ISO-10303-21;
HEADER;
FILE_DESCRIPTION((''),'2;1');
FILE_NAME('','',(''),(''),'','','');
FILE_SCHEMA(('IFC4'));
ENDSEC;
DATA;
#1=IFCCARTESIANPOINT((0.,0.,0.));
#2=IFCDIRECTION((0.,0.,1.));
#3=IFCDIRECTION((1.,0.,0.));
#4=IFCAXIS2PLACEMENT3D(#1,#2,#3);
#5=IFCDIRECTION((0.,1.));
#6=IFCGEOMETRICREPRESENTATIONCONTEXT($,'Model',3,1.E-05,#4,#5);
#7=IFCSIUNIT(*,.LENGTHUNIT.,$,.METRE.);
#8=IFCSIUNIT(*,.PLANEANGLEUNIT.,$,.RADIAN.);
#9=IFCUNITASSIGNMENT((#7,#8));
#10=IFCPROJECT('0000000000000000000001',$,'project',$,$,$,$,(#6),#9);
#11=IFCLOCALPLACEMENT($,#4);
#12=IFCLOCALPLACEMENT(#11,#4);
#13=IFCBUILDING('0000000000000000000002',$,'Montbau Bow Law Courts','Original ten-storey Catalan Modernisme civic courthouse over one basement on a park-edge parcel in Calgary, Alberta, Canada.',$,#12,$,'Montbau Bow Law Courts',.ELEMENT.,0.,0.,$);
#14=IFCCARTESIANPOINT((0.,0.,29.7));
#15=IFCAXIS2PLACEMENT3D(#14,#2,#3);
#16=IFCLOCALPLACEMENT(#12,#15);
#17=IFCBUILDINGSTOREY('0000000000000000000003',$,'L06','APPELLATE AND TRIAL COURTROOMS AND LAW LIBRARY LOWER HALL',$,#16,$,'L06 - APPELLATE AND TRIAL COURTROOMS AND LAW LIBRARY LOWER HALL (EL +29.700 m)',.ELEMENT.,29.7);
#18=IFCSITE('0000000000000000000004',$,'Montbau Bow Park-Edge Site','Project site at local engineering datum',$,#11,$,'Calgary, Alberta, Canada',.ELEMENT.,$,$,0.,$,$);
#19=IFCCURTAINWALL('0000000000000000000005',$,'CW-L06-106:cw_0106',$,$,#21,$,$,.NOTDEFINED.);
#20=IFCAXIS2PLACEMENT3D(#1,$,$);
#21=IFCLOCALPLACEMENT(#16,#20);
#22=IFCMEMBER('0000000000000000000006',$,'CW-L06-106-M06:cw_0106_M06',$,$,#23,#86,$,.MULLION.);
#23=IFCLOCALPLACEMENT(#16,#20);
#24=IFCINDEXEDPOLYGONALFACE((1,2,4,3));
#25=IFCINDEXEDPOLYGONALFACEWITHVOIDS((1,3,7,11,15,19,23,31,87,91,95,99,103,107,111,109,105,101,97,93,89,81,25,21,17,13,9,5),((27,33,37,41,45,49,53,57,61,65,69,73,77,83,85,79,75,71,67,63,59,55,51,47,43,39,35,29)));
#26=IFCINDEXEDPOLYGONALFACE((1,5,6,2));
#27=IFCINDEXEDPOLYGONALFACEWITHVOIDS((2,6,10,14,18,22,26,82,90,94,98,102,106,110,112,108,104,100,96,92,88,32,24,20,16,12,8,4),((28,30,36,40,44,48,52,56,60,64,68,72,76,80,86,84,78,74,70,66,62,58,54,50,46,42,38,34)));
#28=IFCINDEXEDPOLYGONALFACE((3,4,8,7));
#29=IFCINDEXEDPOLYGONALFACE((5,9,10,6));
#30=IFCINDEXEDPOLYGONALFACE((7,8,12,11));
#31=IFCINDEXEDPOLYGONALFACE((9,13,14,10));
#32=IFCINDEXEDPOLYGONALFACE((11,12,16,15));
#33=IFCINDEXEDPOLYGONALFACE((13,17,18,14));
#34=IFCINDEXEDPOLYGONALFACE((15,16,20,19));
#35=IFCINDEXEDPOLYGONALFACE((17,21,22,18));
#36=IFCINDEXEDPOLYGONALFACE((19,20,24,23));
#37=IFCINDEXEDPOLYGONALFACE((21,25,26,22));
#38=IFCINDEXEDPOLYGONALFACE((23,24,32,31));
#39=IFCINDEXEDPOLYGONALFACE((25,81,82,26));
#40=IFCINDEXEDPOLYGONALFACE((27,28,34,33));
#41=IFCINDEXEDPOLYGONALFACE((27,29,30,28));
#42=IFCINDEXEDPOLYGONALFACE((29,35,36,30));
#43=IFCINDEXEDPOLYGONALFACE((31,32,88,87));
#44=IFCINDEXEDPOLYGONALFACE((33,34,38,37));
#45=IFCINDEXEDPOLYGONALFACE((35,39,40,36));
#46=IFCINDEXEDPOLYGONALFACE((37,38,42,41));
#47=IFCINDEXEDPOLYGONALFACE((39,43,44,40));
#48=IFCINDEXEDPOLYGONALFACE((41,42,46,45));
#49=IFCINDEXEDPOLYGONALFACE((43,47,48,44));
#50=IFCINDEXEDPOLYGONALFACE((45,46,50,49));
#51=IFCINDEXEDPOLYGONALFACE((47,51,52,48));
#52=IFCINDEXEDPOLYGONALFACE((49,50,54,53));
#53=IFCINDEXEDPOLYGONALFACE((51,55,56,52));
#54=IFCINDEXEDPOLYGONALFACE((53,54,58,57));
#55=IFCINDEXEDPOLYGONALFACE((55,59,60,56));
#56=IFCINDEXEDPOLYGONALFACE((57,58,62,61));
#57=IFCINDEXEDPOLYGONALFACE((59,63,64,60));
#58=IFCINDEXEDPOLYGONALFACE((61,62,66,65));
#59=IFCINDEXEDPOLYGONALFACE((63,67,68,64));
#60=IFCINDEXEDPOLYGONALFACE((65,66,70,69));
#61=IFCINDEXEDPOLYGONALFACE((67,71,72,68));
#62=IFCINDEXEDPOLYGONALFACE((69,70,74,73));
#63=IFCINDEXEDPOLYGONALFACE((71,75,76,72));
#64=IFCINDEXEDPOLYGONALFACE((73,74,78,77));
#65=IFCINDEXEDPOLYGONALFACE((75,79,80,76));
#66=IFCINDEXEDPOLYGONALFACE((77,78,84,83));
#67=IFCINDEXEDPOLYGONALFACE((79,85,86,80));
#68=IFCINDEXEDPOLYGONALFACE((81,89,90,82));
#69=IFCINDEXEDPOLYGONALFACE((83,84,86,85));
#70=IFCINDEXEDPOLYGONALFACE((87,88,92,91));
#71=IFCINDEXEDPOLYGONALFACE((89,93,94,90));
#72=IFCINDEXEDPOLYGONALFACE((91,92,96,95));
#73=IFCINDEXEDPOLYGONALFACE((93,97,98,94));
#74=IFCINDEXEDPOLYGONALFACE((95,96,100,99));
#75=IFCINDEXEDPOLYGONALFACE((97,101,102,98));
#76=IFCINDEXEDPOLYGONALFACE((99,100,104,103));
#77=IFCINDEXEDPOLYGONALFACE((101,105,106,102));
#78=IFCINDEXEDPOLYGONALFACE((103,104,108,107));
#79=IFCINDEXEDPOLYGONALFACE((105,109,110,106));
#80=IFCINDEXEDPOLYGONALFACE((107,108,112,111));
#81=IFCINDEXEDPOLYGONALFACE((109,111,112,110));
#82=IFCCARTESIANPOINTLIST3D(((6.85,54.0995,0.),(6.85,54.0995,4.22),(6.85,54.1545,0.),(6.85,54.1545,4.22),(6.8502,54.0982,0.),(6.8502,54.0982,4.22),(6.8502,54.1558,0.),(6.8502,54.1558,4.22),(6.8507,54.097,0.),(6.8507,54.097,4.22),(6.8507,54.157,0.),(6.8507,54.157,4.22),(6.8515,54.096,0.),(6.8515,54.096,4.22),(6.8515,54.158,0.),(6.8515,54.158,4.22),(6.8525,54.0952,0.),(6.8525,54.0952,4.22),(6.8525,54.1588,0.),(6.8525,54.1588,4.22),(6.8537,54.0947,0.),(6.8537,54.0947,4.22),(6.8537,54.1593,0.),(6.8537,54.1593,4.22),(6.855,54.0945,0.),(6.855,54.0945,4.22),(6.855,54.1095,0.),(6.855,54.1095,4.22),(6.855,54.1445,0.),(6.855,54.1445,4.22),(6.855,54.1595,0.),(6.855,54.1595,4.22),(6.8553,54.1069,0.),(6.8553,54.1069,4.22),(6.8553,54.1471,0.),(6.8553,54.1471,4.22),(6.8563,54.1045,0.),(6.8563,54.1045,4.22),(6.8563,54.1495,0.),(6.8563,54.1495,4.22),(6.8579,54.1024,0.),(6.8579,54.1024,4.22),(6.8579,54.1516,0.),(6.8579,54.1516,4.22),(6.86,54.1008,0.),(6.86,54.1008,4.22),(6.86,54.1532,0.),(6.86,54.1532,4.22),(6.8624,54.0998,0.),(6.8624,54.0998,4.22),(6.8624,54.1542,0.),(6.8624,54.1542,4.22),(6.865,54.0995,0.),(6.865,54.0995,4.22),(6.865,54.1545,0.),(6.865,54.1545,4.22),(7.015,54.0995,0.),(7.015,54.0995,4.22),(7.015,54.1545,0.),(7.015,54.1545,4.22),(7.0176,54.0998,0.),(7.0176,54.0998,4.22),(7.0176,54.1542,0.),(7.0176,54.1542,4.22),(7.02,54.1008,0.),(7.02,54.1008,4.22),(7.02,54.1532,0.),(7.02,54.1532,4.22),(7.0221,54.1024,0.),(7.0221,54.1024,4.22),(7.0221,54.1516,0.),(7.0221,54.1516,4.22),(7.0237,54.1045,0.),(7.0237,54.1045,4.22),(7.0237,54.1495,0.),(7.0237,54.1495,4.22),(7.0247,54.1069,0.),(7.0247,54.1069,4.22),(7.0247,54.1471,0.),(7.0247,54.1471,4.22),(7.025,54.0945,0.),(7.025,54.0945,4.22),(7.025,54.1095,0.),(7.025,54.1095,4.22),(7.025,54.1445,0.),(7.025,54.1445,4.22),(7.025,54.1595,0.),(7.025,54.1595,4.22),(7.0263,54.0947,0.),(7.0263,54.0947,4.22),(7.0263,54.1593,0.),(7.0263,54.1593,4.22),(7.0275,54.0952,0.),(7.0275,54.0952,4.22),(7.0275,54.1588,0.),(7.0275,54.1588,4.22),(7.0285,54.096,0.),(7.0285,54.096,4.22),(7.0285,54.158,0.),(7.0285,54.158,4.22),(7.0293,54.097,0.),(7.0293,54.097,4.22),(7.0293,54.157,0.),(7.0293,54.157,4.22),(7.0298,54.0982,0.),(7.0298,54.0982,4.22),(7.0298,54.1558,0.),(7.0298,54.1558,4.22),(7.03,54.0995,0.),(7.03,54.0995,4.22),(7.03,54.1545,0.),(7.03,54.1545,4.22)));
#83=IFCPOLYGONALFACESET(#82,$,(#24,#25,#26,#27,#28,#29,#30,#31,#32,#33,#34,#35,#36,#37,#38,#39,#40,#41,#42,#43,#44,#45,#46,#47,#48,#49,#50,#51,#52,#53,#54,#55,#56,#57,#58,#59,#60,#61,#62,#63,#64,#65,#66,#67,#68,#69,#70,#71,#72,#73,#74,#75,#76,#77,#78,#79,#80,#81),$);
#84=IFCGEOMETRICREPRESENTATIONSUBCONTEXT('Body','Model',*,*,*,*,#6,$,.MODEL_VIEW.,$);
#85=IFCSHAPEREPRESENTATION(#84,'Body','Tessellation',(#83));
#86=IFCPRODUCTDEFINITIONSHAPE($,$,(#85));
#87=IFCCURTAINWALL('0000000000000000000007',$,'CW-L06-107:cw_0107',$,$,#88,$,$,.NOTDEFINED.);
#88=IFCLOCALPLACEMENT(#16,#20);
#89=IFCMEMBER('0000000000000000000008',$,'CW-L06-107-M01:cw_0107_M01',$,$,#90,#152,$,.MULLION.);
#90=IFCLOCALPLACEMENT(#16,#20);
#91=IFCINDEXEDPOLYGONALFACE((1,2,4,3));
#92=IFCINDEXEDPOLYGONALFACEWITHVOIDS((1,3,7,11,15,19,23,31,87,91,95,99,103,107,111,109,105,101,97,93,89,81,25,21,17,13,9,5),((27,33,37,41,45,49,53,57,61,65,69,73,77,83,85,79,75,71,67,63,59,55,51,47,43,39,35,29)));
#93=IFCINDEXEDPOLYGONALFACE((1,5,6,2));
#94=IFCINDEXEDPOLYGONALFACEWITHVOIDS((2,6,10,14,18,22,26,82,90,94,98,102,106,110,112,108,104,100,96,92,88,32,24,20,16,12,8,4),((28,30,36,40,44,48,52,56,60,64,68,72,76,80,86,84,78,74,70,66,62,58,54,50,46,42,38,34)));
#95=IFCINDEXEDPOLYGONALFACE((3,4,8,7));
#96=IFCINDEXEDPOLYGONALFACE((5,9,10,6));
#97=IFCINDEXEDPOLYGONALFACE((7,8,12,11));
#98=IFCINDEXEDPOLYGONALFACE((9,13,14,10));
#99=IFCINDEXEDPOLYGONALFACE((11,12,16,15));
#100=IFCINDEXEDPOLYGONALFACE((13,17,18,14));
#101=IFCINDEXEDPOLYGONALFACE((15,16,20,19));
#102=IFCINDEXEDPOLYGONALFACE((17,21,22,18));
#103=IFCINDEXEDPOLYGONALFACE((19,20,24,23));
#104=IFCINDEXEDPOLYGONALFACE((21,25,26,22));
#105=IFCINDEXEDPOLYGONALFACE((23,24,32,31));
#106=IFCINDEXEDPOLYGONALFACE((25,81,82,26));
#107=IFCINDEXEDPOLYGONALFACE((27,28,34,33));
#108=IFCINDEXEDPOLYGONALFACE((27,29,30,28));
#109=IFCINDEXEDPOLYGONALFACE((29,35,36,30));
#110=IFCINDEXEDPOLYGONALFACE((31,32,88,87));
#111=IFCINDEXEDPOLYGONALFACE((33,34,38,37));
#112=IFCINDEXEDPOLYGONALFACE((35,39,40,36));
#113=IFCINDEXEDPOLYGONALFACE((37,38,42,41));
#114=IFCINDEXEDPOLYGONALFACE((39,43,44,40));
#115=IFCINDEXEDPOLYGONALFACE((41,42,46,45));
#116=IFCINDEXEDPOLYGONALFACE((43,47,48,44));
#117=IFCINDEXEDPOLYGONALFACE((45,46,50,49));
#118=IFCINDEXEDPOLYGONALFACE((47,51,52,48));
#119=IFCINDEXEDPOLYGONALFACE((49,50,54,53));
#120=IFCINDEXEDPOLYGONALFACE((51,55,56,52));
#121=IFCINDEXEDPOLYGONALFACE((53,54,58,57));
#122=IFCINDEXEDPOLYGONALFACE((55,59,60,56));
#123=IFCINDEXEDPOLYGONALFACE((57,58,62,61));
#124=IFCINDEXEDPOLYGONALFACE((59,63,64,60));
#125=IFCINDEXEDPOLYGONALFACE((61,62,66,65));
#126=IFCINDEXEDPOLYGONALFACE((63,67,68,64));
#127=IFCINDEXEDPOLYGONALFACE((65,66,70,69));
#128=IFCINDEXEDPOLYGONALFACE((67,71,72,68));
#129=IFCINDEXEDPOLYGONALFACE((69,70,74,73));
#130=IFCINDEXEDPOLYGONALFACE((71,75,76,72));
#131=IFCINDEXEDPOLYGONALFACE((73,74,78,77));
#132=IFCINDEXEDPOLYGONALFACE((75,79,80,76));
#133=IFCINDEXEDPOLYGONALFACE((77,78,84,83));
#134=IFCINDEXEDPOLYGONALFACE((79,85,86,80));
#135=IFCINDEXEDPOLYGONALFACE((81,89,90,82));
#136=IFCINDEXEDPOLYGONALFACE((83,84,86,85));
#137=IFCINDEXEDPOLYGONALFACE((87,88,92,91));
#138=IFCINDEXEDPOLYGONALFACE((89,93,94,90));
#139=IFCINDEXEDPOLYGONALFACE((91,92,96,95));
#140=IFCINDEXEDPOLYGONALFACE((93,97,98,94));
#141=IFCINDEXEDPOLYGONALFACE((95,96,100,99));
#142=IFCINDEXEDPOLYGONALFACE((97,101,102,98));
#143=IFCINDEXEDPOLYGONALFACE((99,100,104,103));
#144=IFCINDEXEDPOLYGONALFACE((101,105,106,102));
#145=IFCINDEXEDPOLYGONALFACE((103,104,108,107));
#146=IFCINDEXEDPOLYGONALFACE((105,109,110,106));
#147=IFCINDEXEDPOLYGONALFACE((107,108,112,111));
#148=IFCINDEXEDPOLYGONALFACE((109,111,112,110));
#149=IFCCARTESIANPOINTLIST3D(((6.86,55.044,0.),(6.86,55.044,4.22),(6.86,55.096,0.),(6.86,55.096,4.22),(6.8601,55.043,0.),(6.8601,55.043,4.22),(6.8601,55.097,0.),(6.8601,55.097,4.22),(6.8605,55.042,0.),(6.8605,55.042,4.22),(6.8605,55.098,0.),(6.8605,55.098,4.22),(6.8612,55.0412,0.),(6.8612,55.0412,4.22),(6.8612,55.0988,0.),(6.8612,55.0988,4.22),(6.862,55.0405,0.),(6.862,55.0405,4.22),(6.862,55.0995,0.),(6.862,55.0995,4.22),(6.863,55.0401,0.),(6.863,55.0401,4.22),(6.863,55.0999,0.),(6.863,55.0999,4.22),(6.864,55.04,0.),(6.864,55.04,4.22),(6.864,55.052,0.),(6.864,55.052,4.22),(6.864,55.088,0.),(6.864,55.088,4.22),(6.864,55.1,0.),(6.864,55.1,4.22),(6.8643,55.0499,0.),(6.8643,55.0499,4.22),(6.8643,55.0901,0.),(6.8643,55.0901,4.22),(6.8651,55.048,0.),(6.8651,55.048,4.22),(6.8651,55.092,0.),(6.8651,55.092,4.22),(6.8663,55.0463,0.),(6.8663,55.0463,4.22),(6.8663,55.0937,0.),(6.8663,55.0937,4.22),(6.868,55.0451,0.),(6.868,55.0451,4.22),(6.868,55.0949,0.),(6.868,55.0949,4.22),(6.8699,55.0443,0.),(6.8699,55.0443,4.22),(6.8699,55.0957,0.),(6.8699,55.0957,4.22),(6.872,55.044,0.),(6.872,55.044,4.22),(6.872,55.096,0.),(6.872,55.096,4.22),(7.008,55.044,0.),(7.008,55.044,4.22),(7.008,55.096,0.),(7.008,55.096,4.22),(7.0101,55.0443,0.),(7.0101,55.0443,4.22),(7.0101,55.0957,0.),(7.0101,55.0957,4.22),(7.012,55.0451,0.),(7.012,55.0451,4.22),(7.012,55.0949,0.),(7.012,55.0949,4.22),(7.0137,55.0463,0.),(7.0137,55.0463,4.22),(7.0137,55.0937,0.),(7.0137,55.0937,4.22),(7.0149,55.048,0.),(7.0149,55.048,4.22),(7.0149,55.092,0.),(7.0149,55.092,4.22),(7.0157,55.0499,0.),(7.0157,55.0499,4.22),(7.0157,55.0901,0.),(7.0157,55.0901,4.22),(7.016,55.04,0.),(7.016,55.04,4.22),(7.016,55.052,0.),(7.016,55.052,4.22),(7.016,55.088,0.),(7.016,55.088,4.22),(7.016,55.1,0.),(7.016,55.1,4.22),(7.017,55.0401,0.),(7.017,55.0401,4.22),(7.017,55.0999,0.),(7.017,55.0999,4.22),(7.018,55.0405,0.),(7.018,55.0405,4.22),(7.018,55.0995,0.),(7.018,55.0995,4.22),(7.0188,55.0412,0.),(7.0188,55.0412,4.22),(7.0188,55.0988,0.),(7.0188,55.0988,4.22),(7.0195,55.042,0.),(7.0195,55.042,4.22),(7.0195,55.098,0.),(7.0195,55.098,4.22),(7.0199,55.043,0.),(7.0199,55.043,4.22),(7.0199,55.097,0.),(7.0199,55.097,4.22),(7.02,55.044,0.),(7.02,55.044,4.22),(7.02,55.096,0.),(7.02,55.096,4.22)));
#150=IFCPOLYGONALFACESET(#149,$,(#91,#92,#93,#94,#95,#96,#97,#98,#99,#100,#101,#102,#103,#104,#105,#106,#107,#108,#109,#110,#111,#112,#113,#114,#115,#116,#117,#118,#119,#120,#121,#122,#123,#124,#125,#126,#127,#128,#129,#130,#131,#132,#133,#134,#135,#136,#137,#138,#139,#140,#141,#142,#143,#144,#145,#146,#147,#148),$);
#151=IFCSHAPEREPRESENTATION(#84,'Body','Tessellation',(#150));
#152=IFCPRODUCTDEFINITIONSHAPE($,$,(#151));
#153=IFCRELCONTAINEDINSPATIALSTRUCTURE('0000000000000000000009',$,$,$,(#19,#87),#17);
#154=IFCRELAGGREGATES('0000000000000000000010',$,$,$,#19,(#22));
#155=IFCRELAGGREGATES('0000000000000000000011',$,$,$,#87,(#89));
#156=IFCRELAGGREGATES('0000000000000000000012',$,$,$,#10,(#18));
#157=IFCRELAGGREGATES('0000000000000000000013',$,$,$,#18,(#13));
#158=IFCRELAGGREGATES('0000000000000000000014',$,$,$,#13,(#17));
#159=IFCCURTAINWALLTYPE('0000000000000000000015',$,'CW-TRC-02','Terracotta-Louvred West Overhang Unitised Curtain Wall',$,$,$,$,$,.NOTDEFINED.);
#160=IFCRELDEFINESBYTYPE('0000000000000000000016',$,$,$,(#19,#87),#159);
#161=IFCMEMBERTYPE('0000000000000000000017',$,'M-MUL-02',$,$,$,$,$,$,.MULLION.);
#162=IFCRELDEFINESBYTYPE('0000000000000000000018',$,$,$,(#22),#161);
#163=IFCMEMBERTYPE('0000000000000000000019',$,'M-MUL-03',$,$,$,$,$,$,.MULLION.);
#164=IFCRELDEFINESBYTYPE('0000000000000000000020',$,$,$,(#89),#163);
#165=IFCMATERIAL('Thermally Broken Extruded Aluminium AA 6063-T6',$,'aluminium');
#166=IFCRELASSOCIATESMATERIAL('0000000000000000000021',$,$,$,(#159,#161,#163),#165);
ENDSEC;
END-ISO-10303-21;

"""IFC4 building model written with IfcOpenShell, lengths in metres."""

from ifc_helpers import new_model, si_unit, direction, frame, origin_with_axes, origin_2d_with_axis, place, context, subcontext, project, spatial, hollow_rectangle, extrude, material, material_profile, profile_set, type_object, element, aggregate, save


model = new_model("IFC4")

# Units and contexts
model_context = context("Model", 3, precision=1e-05, world=origin_with_axes(), true_north=direction((0.0, 1.0)))
body_context = subcontext(model_context, "Body", "Model", "MODEL_VIEW")
ifc_project = project(units=[si_unit("LENGTHUNIT", "METRE"), si_unit("PLANEANGLEUNIT", "RADIAN")], contexts=[model_context])

# Site, building, storey
site_placement = place(None, origin_with_axes())
site = spatial("IfcSite", under=ifc_project, at=site_placement, Name="Montbau Bow Park-Edge Site", Description="Project site at local engineering datum", LongName="Calgary, Alberta, Canada", CompositionType="ELEMENT", RefElevation=0.0)
building_placement = place(site_placement, origin_with_axes())
building = spatial("IfcBuilding", under=site, at=building_placement, Name="Montbau Bow Law Courts", Description="Original ten-storey Catalan Modernisme civic courthouse over one basement on a park-edge parcel in Calgary, Alberta, Canada.", LongName="Montbau Bow Law Courts", CompositionType="ELEMENT", ElevationOfRefHeight=0.0, ElevationOfTerrain=0.0)
storey_placement = place(building_placement, frame((0.0, 0.0, 29.7), z_axis=(0.0, 0.0, 1.0), x_axis=(1.0, 0.0, 0.0)))
storey = spatial("IfcBuildingStorey", under=building, at=storey_placement, Name="L06", Description="APPELLATE AND TRIAL COURTROOMS AND LAW LIBRARY LOWER HALL", LongName="L06 - APPELLATE AND TRIAL COURTROOMS AND LAW LIBRARY LOWER HALL (EL +29.700 m)", CompositionType="ELEMENT", Elevation=29.7)

# Curtain walls, members
ifc_material_1 = material(Name="Thermally Broken Extruded Aluminium AA 6063-T6", Category="aluminium")
curtain_wall_type = type_object("IfcCurtainWallType", Name="CW-TRC-02", Description="Terracotta-Louvred West Overhang Unitised Curtain Wall", PredefinedType="NOTDEFINED", material=ifc_material_1)
curtain_wall_1_placement = place(None, frame((6.94, 46.64, 29.7), z_axis=(0.0, 0.0, 1.0), x_axis=(1.0, 0.0, 0.0)))
curtain_wall_1 = element("IfcCurtainWall", 1, at=curtain_wall_1_placement, inside=storey, type_object=curtain_wall_type, Name="CW-L06-106:cw_0106", PredefinedType="NOTDEFINED")
ifc_material_profile_1 = material_profile(ifc_material_1, hollow_rectangle(XDim=0.065, YDim=0.18, WallThickness=0.005, InnerFilletRadius=0.01, OuterFilletRadius=0.005, at=origin_2d_with_axis()), Name="CWM-180X65", Category="Main", Priority=0)
ifc_profile_set_1 = profile_set([ifc_material_profile_1], Name="Thermally Broken Extruded Aluminium AA 6063-T6")
member_type_1 = type_object("IfcMemberType", Name="M-MUL-02", PredefinedType="MULLION", material=ifc_profile_set_1)
member_1_placement = place(None, frame((6.94, 54.127, 29.7), z_axis=(0.0, 0.0, 1.0), x_axis=(0.0, 1.0, 0.0)))
member_1 = element("IfcMember", 2, at=member_1_placement, type_object=member_type_1, Name="CW-L06-106-M06:cw_0106_M06", PredefinedType="MULLION", context=body_context, shape_type="SweptSolid", body=[
    extrude(hollow_rectangle(XDim=0.065, YDim=0.18, WallThickness=0.005, InnerFilletRadius=0.01, OuterFilletRadius=0.005, at=origin_2d_with_axis()), origin_with_axes(), (0.0, 0.0, 1.0), 4.22),
])
curtain_wall_2_placement = place(None, frame((6.94, 55.04, 29.7), z_axis=(0.0, 0.0, 1.0), x_axis=(1.0, 0.0, 0.0)))
curtain_wall_2 = element("IfcCurtainWall", 3, at=curtain_wall_2_placement, inside=storey, type_object=curtain_wall_type, Name="CW-L06-107:cw_0107", PredefinedType="NOTDEFINED")
ifc_material_profile_2 = material_profile(ifc_material_1, hollow_rectangle(XDim=0.06, YDim=0.16, WallThickness=0.004, InnerFilletRadius=0.008, OuterFilletRadius=0.004, at=origin_2d_with_axis()), Name="CWM-160X60", Category="Main", Priority=0)
ifc_profile_set_2 = profile_set([ifc_material_profile_2], Name="Thermally Broken Extruded Aluminium AA 6063-T6")
member_type_2 = type_object("IfcMemberType", Name="M-MUL-03", PredefinedType="MULLION", material=ifc_profile_set_2)
member_2_placement = place(None, frame((6.94, 55.07, 29.7), z_axis=(0.0, 0.0, 1.0), x_axis=(0.0, 1.0, 0.0)))
member_2 = element("IfcMember", 4, at=member_2_placement, type_object=member_type_2, Name="CW-L06-107-M01:cw_0107_M01", PredefinedType="MULLION", context=body_context, shape_type="SweptSolid", body=[
    extrude(hollow_rectangle(XDim=0.06, YDim=0.16, WallThickness=0.004, InnerFilletRadius=0.008, OuterFilletRadius=0.004, at=origin_2d_with_axis()), origin_with_axes(), (0.0, 0.0, 1.0), 4.22),
])

aggregate(curtain_wall_1, [member_1])
aggregate(curtain_wall_2, [member_2])

save(model, "model.ifc")
